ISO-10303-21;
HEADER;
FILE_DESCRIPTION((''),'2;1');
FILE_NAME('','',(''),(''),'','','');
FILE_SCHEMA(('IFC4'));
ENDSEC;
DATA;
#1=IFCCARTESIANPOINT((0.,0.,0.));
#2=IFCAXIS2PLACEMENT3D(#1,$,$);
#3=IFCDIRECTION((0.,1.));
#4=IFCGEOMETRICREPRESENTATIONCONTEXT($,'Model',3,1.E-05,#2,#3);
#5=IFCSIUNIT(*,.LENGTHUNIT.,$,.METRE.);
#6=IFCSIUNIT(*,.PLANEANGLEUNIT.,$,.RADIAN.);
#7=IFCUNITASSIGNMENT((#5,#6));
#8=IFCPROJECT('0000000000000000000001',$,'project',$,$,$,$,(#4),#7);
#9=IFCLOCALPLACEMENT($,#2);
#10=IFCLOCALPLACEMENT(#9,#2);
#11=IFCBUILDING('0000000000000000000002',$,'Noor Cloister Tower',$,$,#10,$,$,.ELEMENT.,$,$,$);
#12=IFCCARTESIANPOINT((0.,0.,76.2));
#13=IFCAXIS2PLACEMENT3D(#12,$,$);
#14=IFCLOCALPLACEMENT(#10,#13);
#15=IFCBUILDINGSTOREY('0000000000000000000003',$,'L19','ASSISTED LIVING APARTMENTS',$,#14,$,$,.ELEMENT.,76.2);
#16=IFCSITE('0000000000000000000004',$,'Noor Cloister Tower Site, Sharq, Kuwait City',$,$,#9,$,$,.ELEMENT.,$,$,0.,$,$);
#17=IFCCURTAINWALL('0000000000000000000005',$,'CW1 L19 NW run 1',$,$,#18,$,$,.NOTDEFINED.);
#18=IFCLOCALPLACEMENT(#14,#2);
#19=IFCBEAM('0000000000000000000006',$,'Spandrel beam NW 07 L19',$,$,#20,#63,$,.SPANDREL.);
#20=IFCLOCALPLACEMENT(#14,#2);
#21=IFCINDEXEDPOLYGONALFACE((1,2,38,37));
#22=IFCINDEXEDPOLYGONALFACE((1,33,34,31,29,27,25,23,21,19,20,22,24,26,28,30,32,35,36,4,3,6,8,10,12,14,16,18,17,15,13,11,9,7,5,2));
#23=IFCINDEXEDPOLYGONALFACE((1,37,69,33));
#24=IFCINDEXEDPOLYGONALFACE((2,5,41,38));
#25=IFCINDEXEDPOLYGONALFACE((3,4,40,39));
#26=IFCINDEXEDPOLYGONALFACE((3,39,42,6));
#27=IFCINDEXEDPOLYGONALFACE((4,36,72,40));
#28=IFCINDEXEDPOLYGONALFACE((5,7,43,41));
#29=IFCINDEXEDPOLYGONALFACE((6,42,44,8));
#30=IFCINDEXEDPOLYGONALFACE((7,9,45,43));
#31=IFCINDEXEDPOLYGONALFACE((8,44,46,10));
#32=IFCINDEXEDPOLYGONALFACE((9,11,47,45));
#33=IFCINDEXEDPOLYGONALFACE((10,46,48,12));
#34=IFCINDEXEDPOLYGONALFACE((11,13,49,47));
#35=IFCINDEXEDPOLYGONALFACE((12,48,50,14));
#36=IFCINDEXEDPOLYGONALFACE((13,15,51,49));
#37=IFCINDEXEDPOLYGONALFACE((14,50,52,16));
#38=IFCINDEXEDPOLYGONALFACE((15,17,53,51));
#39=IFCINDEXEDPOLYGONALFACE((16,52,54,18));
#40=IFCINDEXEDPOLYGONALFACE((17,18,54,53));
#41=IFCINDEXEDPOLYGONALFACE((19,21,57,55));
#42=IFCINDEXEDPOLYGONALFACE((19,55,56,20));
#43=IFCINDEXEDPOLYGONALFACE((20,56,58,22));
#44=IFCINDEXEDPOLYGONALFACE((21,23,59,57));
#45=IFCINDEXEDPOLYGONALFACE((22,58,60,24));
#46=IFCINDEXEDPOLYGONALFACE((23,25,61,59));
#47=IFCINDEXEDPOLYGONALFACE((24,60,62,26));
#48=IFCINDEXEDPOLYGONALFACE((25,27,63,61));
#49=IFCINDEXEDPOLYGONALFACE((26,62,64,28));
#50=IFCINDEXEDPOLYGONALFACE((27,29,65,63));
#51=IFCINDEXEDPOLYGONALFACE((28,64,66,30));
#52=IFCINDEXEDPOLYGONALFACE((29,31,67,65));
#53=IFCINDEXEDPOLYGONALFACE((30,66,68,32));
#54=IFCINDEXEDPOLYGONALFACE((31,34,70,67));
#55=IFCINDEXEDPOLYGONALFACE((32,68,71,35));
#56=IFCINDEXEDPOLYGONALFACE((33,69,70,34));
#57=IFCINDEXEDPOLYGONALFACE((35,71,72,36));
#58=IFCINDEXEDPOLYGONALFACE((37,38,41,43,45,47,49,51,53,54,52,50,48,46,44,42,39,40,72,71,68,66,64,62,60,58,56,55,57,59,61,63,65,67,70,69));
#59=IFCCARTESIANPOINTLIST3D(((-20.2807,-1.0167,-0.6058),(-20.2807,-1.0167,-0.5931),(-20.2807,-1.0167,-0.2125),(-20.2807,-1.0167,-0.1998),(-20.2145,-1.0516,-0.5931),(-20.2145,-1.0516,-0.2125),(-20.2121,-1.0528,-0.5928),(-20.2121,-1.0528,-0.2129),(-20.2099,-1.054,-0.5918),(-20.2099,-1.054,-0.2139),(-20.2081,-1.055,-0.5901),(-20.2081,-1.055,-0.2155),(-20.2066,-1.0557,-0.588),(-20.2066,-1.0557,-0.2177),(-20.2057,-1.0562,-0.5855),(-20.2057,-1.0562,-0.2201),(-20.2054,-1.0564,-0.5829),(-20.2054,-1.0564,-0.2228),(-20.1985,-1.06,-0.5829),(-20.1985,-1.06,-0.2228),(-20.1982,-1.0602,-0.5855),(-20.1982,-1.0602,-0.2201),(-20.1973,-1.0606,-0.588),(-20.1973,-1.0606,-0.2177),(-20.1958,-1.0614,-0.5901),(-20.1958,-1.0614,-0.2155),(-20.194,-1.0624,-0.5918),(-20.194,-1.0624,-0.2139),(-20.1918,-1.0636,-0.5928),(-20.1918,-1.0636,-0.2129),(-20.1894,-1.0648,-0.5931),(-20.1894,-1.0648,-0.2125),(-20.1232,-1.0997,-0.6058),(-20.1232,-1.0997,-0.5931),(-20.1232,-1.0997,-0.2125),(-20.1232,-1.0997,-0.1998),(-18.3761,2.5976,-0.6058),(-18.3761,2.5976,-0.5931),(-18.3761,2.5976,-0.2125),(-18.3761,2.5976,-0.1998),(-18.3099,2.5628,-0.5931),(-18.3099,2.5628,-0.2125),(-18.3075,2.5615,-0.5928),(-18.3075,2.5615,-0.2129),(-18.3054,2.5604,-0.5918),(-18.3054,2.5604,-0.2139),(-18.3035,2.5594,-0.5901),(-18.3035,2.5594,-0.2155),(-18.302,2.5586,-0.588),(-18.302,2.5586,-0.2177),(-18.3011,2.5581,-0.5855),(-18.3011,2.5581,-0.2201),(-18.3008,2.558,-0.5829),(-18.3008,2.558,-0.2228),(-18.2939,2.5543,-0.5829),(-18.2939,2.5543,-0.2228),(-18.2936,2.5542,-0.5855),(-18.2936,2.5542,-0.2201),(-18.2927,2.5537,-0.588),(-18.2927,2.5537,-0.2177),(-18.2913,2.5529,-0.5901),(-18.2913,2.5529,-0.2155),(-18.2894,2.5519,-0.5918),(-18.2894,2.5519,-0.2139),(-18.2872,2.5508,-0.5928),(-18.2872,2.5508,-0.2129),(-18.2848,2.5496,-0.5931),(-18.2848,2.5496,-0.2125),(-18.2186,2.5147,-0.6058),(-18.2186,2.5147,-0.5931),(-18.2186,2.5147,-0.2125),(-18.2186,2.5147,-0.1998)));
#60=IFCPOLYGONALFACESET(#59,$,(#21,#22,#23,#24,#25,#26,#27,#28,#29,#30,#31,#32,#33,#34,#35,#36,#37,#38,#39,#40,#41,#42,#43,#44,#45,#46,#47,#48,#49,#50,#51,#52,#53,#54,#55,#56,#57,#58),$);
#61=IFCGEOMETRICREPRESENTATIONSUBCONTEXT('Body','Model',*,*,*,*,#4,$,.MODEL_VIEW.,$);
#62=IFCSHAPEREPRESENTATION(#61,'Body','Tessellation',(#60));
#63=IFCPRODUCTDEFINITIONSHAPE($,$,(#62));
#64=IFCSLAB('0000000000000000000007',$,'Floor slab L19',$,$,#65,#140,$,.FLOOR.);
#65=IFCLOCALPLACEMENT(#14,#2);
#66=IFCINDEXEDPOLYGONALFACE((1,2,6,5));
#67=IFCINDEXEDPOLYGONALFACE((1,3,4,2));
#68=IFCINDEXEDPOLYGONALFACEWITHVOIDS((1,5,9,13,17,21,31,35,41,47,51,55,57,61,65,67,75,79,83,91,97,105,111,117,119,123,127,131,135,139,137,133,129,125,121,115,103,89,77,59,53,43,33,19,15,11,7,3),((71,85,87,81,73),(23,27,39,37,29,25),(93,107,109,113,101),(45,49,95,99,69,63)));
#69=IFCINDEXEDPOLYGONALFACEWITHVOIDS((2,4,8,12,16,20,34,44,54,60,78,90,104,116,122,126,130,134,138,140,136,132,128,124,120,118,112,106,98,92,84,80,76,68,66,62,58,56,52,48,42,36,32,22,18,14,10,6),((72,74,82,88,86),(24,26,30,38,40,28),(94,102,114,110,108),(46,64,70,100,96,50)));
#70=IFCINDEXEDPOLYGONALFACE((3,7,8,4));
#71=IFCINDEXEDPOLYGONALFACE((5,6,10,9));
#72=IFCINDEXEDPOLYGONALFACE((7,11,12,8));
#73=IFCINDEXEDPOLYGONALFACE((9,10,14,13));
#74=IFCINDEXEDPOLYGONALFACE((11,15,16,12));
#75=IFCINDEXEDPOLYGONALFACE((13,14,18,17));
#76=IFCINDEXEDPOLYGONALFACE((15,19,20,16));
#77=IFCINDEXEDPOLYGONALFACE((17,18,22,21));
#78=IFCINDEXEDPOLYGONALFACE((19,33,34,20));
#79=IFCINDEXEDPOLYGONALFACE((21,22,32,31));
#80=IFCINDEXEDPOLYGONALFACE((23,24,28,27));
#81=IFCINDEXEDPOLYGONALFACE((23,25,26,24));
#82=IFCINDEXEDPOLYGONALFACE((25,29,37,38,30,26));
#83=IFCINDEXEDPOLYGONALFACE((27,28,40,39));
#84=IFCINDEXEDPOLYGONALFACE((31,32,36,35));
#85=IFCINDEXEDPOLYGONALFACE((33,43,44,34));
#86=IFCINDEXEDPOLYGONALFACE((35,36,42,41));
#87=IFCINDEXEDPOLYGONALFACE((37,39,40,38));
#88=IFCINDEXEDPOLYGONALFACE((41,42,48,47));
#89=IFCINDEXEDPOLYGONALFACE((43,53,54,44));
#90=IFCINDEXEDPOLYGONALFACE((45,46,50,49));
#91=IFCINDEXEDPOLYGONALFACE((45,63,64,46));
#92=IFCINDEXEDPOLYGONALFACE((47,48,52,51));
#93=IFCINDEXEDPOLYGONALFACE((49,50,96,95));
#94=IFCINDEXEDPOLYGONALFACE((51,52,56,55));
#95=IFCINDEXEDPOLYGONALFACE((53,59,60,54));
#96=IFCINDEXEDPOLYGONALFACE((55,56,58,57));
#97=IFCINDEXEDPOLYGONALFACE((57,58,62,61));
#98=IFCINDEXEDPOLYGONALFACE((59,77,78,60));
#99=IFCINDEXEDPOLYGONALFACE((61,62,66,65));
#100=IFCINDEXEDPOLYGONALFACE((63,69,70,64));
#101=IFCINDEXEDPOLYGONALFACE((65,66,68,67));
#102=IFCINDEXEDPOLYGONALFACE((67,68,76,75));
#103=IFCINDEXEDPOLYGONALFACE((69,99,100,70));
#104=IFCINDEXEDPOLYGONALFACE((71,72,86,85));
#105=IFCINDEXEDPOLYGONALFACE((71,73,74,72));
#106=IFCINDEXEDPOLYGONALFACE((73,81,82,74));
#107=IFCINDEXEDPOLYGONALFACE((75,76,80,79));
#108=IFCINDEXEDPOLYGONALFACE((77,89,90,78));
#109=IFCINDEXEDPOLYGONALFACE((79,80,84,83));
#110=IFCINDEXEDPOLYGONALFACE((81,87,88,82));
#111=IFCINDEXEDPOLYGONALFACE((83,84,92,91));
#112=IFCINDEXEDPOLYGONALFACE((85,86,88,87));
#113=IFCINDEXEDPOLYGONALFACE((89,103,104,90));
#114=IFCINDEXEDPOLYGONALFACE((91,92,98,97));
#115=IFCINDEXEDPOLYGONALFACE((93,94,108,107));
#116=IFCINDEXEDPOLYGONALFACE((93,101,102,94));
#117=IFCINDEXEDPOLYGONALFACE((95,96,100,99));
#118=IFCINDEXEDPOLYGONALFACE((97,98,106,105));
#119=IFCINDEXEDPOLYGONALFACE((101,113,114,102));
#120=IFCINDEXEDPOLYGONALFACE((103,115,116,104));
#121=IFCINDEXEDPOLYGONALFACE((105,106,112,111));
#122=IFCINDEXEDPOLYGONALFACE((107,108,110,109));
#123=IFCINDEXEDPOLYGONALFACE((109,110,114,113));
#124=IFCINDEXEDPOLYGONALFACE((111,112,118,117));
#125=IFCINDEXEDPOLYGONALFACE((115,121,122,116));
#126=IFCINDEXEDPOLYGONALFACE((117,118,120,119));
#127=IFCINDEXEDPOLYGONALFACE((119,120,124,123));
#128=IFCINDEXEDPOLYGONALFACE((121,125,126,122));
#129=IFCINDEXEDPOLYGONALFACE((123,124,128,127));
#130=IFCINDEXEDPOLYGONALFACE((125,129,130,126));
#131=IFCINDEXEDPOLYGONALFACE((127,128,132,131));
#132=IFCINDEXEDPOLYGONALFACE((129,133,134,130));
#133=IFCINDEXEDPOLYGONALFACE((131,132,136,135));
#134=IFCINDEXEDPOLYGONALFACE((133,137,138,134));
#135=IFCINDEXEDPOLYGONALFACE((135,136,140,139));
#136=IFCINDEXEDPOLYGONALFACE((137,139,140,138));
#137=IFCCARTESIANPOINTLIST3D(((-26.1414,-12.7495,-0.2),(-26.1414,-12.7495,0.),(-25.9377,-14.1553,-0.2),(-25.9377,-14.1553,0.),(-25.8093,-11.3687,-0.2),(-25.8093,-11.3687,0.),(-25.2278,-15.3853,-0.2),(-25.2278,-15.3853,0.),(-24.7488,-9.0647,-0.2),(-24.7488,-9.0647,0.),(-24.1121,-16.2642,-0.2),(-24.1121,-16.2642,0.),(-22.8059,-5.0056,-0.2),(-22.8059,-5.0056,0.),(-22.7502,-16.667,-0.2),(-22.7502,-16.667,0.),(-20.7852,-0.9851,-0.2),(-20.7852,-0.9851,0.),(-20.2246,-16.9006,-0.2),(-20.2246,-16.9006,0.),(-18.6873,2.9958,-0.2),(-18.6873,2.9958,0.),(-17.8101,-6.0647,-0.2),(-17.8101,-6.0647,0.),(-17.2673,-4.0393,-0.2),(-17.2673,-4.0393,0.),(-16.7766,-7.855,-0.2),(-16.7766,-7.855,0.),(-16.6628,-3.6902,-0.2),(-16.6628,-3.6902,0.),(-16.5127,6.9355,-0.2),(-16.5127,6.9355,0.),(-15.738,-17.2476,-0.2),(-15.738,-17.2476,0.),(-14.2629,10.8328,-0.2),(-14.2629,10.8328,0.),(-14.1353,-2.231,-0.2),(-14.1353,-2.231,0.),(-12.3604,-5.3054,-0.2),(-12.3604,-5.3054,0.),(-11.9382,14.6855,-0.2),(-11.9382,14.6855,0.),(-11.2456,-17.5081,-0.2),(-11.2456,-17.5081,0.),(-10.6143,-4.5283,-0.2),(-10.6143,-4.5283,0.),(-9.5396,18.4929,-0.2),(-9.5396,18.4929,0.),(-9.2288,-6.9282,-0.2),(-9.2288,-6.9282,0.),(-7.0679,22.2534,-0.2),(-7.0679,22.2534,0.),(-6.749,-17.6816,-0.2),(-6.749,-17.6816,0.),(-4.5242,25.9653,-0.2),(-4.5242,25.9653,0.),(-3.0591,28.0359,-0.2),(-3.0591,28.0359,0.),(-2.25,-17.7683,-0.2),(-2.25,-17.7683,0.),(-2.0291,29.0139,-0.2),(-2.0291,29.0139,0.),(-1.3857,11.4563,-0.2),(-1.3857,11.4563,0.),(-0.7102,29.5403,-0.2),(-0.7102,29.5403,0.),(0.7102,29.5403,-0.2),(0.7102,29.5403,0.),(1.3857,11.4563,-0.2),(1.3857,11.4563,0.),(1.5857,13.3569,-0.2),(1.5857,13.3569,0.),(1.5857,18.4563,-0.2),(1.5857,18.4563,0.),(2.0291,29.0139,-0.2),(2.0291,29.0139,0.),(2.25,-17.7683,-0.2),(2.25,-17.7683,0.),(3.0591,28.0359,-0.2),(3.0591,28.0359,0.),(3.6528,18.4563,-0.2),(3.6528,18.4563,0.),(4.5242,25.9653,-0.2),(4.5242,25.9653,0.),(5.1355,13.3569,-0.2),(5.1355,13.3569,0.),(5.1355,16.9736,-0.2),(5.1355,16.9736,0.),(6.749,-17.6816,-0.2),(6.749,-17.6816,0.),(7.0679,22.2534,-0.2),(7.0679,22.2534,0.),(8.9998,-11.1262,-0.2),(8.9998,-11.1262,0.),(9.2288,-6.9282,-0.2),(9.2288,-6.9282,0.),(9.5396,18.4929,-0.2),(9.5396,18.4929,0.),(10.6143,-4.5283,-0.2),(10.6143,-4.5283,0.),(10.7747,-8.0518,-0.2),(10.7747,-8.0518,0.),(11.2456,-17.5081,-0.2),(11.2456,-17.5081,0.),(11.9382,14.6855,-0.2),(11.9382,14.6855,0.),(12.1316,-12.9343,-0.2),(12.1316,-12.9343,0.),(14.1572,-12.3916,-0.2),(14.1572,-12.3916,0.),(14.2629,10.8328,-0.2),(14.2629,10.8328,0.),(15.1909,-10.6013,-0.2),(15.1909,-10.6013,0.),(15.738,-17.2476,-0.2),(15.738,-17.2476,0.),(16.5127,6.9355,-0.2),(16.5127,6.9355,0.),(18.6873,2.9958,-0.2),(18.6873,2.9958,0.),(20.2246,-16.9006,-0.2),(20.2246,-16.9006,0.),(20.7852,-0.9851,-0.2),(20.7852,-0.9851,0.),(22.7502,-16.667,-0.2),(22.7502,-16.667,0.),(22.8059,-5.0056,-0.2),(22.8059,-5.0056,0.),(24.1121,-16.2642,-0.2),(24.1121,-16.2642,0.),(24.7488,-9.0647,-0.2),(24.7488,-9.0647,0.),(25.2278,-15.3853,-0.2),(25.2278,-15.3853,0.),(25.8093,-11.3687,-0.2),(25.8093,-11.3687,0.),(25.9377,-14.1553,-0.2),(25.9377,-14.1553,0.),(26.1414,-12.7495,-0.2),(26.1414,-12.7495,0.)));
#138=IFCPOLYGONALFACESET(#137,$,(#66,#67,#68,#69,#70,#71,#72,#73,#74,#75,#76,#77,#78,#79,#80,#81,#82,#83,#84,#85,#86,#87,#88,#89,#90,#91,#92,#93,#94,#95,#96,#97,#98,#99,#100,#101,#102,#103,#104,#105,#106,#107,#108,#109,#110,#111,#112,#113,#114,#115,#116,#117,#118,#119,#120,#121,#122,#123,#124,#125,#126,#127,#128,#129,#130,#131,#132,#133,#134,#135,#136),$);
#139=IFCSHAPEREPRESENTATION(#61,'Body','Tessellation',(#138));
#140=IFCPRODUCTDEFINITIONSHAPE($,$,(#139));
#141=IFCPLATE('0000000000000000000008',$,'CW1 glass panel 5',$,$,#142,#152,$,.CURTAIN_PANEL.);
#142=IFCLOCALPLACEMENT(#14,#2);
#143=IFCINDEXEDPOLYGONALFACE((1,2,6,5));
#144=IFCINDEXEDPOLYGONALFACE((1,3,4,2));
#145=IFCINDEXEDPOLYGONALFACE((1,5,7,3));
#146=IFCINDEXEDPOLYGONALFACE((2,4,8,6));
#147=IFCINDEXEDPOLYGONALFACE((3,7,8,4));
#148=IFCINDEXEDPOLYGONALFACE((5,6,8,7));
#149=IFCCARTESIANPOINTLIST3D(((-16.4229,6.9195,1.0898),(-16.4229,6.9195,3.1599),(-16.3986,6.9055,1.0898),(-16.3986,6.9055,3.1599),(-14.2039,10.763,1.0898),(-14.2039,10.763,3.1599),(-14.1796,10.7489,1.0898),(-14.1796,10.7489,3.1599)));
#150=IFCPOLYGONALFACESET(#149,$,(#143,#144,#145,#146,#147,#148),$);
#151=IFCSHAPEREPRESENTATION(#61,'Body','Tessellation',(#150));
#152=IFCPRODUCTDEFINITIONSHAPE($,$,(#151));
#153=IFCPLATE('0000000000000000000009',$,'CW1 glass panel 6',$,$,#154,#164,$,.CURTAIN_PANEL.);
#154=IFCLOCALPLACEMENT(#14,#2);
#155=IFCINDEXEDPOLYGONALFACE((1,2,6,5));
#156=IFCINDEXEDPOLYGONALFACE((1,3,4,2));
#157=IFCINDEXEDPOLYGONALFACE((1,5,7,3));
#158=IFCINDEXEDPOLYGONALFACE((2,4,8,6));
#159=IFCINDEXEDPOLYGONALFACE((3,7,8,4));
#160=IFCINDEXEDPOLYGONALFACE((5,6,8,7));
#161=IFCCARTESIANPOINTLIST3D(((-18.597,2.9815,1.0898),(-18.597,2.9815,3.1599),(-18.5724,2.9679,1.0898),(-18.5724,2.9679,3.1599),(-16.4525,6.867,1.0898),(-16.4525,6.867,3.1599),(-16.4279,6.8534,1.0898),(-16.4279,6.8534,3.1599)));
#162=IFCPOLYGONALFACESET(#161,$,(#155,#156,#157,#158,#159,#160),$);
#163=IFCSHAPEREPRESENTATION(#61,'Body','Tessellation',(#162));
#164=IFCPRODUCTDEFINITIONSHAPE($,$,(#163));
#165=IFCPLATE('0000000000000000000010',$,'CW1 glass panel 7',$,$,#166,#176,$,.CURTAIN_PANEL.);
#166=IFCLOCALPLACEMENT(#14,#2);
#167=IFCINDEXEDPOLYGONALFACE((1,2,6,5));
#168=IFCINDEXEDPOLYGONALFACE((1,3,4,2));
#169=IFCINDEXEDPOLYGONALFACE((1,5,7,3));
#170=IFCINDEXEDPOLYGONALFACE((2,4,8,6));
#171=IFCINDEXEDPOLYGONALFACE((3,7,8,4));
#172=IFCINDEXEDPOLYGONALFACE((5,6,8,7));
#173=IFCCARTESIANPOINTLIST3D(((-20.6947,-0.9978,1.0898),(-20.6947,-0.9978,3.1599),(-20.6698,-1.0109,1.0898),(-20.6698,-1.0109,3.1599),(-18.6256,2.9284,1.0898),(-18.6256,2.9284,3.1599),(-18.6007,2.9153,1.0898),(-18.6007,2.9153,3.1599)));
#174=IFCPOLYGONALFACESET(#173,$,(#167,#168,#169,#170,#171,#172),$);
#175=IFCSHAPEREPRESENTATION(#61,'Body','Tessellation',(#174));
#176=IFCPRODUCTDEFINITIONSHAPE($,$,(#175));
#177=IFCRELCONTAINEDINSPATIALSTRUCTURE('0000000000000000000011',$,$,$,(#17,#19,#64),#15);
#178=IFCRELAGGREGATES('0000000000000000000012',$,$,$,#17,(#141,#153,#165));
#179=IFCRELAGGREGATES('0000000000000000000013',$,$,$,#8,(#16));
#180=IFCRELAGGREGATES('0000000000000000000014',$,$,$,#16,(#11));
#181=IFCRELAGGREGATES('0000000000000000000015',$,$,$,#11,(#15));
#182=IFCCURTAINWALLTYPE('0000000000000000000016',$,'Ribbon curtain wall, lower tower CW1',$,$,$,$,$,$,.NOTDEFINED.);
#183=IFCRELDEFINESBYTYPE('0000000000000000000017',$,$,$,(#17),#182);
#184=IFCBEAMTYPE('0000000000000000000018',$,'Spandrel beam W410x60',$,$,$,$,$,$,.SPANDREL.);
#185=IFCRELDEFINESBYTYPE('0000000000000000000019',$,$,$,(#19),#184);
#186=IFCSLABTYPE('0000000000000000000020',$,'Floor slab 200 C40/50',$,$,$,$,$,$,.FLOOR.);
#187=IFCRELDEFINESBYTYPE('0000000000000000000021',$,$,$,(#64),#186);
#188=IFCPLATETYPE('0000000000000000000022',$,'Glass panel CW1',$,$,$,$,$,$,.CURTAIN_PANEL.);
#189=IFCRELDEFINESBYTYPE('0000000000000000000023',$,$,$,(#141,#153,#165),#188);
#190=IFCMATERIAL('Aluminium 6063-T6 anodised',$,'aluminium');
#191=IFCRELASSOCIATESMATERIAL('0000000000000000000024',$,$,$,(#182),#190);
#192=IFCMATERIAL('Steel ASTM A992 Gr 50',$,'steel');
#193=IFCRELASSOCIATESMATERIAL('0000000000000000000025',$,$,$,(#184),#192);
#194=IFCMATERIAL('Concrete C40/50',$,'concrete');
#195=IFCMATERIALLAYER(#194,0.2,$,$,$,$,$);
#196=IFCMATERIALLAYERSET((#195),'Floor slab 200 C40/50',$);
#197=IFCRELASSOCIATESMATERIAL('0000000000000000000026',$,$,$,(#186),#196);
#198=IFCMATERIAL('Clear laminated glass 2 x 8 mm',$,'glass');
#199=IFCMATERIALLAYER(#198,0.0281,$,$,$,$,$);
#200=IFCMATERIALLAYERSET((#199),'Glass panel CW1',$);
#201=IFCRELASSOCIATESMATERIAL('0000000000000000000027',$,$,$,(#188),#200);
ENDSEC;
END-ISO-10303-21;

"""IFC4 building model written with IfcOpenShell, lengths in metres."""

from ifc_helpers import new_model, si_unit, direction, frame, origin, origin_2d, place, context, subcontext, project, spatial, polyline, rectangle, i_section, outline, extrude, material, layer, layer_set, material_profile, profile_set, type_object, element, aggregate, save


model = new_model("IFC4")

# Units and contexts
model_context = context("Model", 3, precision=1e-05, world=origin(), true_north=direction((0.0, 1.0)))
body_context = subcontext(model_context, "Body", "Model", "MODEL_VIEW")
ifc_project = project(units=[si_unit("LENGTHUNIT", "METRE"), si_unit("PLANEANGLEUNIT", "RADIAN")], contexts=[model_context])

# Site, building, storey
site_placement = place(None, origin())
site = spatial("IfcSite", under=ifc_project, at=site_placement, Name="Noor Cloister Tower Site, Sharq, Kuwait City", CompositionType="ELEMENT", RefElevation=0.0)
building_placement = place(site_placement, origin())
building = spatial("IfcBuilding", under=site, at=building_placement, Name="Noor Cloister Tower", CompositionType="ELEMENT")
storey_placement = place(building_placement, frame((0.0, 0.0, 76.2)))
storey = spatial("IfcBuildingStorey", under=building, at=storey_placement, Name="L19", Description="ASSISTED LIVING APARTMENTS", CompositionType="ELEMENT", Elevation=76.2)

# Curtain wall
ifc_material_1 = material(Name="Aluminium 6063-T6 anodised", Category="aluminium")
curtain_wall_type = type_object("IfcCurtainWallType", Name="Ribbon curtain wall, lower tower CW1", PredefinedType="NOTDEFINED", material=ifc_material_1)
curtain_wall_1_placement = place(storey_placement, origin())
curtain_wall_1 = element("IfcCurtainWall", 1, at=curtain_wall_1_placement, inside=storey, type_object=curtain_wall_type, Name="CW1 L19 NW run 1", PredefinedType="NOTDEFINED")

# Beam
ifc_material_2 = material(Name="Steel ASTM A992 Gr 50", Category="steel")
ifc_material_profile_1 = material_profile(ifc_material_2, i_section(OverallWidth=0.178, OverallDepth=0.406, WebThickness=0.0078, FlangeThickness=0.0127, FilletRadius=0.0103, at=origin_2d()), Name="W410x60")
ifc_profile_set_1 = profile_set([ifc_material_profile_1], Name="Steel ASTM A992 Gr 50")
beam_type_1 = type_object("IfcBeamType", Name="Spandrel beam W410x60", PredefinedType="SPANDREL", material=ifc_profile_set_1)
beam_1_placement = place(storey_placement, frame((-18.2974, 2.5562, -0.4028), z_axis=(-0.466187, -0.884686, 0.0), x_axis=(0.884686, -0.466187, 0.0)))
element("IfcBeam", 2, at=beam_1_placement, inside=storey, type_object=beam_type_1, Name="Spandrel beam NW 07 L19", PredefinedType="SPANDREL", context=body_context, shape_type="SweptSolid", body=[
    extrude(i_section(OverallWidth=0.178, OverallDepth=0.406, WebThickness=0.0078, FlangeThickness=0.0127, FilletRadius=0.0103, at=origin_2d()), origin(), (0.0, 0.0, 1.0), 4.0854),
])

# Slab
ifc_material_3 = material(Name="Concrete C40/50", Category="concrete")
ifc_layer_1 = layer(ifc_material_3, 0.2)
ifc_layer_set_1 = layer_set([ifc_layer_1], Name="Floor slab 200 C40/50")
slab_type = type_object("IfcSlabType", Name="Floor slab 200 C40/50", PredefinedType="FLOOR", material=ifc_layer_set_1)
slab_placement = place(storey_placement, frame((0.0, 0.0, -0.2)))
element("IfcSlab", 3, at=slab_placement, inside=storey, type_object=slab_type, Name="Floor slab L19", PredefinedType="FLOOR", context=body_context, shape_type="SweptSolid", body=[
    extrude(outline(polyline([(3.0591, 28.0359), (2.0291, 29.0139), (0.7102, 29.5403), (-0.7102, 29.5403), (-2.0291, 29.0139), (-3.0591, 28.0359), (-4.5242, 25.9653), (-7.0679, 22.2534), (-9.5396, 18.4929), (-11.9382, 14.6855), (-14.2629, 10.8328), (-16.5127, 6.9355), (-18.6873, 2.9958), (-20.7852, -0.9851), (-22.8059, -5.0056), (-24.7488, -9.0647), (-25.8093, -11.3687), (-26.1414, -12.7495), (-25.9377, -14.1553), (-25.2278, -15.3853), (-24.1121, -16.2642), (-22.7502, -16.667), (-20.2246, -16.9006), (-15.738, -17.2476), (-11.2456, -17.5081), (-6.749, -17.6816), (-2.25, -17.7683), (2.25, -17.7683), (6.749, -17.6816), (11.2456, -17.5081), (15.738, -17.2476), (20.2246, -16.9006), (22.7502, -16.667), (24.1121, -16.2642), (25.2278, -15.3853), (25.9377, -14.1553), (26.1414, -12.7495), (25.8093, -11.3687), (24.7488, -9.0647), (22.8059, -5.0056), (20.7852, -0.9851), (18.6873, 2.9958), (16.5127, 6.9355), (14.2629, 10.8328), (11.9382, 14.6855), (9.5396, 18.4929), (7.0679, 22.2534), (4.5242, 25.9653), (3.0591, 28.0359)]), holes=[polyline([(8.9998, -11.1262), (12.1316, -12.9343), (14.1572, -12.3916), (15.1909, -10.6013), (10.7747, -8.0518), (8.9998, -11.1262)]), polyline([(-17.8101, -6.0647), (-16.7766, -7.855), (-12.3604, -5.3054), (-14.1353, -2.231), (-16.6628, -3.6902), (-17.2673, -4.0393), (-17.8101, -6.0647)]), polyline([(-10.6143, -4.5283), (-9.2288, -6.9282), (9.2288, -6.9282), (10.6143, -4.5283), (1.3857, 11.4563), (-1.3857, 11.4563), (-10.6143, -4.5283)]), polyline([(3.6528, 18.4563), (1.5857, 18.4563), (1.5857, 13.3569), (5.1355, 13.3569), (5.1355, 16.9736), (3.6528, 18.4563)])]), origin(), (0.0, 0.0, 1.0), 0.2),
])

# Plates
ifc_material_4 = material(Name="Clear laminated glass 2 x 8 mm", Category="glass")
ifc_layer_2 = layer(ifc_material_4, 0.0281)
ifc_layer_set_2 = layer_set([ifc_layer_2], Name="Glass panel CW1")
plate_type = type_object("IfcPlateType", Name="Glass panel CW1", PredefinedType="CURTAIN_PANEL", material=ifc_layer_set_2)
plate_1_placement = place(storey_placement, frame((-15.3013, 8.8342, 1.0898), z_axis=(0.0, 0.0, 1.0), x_axis=(-0.5, -0.866025, 0.0)))
plate_1 = element("IfcPlate", 4, at=plate_1_placement, type_object=plate_type, Name="CW1 glass panel 5", PredefinedType="CURTAIN_PANEL", context=body_context, shape_type="SweptSolid", body=[
    extrude(rectangle(XDim=4.438, YDim=0.0281, at=origin_2d()), origin(), (0.0, 0.0, 1.0), 2.0701),
])
plate_2_placement = place(storey_placement, frame((-17.5125, 4.9175, 1.0898), z_axis=(0.0, 0.0, 1.0), x_axis=(-0.4832, -0.87551, 0.0)))
plate_2 = element("IfcPlate", 5, at=plate_2_placement, type_object=plate_type, Name="CW1 glass panel 6", PredefinedType="CURTAIN_PANEL", context=body_context, shape_type="SweptSolid", body=[
    extrude(rectangle(XDim=4.438, YDim=0.0281, at=origin_2d()), origin(), (0.0, 0.0, 1.0), 2.0701),
])
plate_3_placement = place(storey_placement, frame((-19.6477, 0.9587, 1.0898), z_axis=(0.0, 0.0, 1.0), x_axis=(-0.466221, -0.884668, 0.0)))
plate_3 = element("IfcPlate", 6, at=plate_3_placement, type_object=plate_type, Name="CW1 glass panel 7", PredefinedType="CURTAIN_PANEL", context=body_context, shape_type="SweptSolid", body=[
    extrude(rectangle(XDim=4.438, YDim=0.0281, at=origin_2d()), origin(), (0.0, 0.0, 1.0), 2.0701),
])
aggregate(curtain_wall_1, [plate_1, plate_2, plate_3])

save(model, "model.ifc")
